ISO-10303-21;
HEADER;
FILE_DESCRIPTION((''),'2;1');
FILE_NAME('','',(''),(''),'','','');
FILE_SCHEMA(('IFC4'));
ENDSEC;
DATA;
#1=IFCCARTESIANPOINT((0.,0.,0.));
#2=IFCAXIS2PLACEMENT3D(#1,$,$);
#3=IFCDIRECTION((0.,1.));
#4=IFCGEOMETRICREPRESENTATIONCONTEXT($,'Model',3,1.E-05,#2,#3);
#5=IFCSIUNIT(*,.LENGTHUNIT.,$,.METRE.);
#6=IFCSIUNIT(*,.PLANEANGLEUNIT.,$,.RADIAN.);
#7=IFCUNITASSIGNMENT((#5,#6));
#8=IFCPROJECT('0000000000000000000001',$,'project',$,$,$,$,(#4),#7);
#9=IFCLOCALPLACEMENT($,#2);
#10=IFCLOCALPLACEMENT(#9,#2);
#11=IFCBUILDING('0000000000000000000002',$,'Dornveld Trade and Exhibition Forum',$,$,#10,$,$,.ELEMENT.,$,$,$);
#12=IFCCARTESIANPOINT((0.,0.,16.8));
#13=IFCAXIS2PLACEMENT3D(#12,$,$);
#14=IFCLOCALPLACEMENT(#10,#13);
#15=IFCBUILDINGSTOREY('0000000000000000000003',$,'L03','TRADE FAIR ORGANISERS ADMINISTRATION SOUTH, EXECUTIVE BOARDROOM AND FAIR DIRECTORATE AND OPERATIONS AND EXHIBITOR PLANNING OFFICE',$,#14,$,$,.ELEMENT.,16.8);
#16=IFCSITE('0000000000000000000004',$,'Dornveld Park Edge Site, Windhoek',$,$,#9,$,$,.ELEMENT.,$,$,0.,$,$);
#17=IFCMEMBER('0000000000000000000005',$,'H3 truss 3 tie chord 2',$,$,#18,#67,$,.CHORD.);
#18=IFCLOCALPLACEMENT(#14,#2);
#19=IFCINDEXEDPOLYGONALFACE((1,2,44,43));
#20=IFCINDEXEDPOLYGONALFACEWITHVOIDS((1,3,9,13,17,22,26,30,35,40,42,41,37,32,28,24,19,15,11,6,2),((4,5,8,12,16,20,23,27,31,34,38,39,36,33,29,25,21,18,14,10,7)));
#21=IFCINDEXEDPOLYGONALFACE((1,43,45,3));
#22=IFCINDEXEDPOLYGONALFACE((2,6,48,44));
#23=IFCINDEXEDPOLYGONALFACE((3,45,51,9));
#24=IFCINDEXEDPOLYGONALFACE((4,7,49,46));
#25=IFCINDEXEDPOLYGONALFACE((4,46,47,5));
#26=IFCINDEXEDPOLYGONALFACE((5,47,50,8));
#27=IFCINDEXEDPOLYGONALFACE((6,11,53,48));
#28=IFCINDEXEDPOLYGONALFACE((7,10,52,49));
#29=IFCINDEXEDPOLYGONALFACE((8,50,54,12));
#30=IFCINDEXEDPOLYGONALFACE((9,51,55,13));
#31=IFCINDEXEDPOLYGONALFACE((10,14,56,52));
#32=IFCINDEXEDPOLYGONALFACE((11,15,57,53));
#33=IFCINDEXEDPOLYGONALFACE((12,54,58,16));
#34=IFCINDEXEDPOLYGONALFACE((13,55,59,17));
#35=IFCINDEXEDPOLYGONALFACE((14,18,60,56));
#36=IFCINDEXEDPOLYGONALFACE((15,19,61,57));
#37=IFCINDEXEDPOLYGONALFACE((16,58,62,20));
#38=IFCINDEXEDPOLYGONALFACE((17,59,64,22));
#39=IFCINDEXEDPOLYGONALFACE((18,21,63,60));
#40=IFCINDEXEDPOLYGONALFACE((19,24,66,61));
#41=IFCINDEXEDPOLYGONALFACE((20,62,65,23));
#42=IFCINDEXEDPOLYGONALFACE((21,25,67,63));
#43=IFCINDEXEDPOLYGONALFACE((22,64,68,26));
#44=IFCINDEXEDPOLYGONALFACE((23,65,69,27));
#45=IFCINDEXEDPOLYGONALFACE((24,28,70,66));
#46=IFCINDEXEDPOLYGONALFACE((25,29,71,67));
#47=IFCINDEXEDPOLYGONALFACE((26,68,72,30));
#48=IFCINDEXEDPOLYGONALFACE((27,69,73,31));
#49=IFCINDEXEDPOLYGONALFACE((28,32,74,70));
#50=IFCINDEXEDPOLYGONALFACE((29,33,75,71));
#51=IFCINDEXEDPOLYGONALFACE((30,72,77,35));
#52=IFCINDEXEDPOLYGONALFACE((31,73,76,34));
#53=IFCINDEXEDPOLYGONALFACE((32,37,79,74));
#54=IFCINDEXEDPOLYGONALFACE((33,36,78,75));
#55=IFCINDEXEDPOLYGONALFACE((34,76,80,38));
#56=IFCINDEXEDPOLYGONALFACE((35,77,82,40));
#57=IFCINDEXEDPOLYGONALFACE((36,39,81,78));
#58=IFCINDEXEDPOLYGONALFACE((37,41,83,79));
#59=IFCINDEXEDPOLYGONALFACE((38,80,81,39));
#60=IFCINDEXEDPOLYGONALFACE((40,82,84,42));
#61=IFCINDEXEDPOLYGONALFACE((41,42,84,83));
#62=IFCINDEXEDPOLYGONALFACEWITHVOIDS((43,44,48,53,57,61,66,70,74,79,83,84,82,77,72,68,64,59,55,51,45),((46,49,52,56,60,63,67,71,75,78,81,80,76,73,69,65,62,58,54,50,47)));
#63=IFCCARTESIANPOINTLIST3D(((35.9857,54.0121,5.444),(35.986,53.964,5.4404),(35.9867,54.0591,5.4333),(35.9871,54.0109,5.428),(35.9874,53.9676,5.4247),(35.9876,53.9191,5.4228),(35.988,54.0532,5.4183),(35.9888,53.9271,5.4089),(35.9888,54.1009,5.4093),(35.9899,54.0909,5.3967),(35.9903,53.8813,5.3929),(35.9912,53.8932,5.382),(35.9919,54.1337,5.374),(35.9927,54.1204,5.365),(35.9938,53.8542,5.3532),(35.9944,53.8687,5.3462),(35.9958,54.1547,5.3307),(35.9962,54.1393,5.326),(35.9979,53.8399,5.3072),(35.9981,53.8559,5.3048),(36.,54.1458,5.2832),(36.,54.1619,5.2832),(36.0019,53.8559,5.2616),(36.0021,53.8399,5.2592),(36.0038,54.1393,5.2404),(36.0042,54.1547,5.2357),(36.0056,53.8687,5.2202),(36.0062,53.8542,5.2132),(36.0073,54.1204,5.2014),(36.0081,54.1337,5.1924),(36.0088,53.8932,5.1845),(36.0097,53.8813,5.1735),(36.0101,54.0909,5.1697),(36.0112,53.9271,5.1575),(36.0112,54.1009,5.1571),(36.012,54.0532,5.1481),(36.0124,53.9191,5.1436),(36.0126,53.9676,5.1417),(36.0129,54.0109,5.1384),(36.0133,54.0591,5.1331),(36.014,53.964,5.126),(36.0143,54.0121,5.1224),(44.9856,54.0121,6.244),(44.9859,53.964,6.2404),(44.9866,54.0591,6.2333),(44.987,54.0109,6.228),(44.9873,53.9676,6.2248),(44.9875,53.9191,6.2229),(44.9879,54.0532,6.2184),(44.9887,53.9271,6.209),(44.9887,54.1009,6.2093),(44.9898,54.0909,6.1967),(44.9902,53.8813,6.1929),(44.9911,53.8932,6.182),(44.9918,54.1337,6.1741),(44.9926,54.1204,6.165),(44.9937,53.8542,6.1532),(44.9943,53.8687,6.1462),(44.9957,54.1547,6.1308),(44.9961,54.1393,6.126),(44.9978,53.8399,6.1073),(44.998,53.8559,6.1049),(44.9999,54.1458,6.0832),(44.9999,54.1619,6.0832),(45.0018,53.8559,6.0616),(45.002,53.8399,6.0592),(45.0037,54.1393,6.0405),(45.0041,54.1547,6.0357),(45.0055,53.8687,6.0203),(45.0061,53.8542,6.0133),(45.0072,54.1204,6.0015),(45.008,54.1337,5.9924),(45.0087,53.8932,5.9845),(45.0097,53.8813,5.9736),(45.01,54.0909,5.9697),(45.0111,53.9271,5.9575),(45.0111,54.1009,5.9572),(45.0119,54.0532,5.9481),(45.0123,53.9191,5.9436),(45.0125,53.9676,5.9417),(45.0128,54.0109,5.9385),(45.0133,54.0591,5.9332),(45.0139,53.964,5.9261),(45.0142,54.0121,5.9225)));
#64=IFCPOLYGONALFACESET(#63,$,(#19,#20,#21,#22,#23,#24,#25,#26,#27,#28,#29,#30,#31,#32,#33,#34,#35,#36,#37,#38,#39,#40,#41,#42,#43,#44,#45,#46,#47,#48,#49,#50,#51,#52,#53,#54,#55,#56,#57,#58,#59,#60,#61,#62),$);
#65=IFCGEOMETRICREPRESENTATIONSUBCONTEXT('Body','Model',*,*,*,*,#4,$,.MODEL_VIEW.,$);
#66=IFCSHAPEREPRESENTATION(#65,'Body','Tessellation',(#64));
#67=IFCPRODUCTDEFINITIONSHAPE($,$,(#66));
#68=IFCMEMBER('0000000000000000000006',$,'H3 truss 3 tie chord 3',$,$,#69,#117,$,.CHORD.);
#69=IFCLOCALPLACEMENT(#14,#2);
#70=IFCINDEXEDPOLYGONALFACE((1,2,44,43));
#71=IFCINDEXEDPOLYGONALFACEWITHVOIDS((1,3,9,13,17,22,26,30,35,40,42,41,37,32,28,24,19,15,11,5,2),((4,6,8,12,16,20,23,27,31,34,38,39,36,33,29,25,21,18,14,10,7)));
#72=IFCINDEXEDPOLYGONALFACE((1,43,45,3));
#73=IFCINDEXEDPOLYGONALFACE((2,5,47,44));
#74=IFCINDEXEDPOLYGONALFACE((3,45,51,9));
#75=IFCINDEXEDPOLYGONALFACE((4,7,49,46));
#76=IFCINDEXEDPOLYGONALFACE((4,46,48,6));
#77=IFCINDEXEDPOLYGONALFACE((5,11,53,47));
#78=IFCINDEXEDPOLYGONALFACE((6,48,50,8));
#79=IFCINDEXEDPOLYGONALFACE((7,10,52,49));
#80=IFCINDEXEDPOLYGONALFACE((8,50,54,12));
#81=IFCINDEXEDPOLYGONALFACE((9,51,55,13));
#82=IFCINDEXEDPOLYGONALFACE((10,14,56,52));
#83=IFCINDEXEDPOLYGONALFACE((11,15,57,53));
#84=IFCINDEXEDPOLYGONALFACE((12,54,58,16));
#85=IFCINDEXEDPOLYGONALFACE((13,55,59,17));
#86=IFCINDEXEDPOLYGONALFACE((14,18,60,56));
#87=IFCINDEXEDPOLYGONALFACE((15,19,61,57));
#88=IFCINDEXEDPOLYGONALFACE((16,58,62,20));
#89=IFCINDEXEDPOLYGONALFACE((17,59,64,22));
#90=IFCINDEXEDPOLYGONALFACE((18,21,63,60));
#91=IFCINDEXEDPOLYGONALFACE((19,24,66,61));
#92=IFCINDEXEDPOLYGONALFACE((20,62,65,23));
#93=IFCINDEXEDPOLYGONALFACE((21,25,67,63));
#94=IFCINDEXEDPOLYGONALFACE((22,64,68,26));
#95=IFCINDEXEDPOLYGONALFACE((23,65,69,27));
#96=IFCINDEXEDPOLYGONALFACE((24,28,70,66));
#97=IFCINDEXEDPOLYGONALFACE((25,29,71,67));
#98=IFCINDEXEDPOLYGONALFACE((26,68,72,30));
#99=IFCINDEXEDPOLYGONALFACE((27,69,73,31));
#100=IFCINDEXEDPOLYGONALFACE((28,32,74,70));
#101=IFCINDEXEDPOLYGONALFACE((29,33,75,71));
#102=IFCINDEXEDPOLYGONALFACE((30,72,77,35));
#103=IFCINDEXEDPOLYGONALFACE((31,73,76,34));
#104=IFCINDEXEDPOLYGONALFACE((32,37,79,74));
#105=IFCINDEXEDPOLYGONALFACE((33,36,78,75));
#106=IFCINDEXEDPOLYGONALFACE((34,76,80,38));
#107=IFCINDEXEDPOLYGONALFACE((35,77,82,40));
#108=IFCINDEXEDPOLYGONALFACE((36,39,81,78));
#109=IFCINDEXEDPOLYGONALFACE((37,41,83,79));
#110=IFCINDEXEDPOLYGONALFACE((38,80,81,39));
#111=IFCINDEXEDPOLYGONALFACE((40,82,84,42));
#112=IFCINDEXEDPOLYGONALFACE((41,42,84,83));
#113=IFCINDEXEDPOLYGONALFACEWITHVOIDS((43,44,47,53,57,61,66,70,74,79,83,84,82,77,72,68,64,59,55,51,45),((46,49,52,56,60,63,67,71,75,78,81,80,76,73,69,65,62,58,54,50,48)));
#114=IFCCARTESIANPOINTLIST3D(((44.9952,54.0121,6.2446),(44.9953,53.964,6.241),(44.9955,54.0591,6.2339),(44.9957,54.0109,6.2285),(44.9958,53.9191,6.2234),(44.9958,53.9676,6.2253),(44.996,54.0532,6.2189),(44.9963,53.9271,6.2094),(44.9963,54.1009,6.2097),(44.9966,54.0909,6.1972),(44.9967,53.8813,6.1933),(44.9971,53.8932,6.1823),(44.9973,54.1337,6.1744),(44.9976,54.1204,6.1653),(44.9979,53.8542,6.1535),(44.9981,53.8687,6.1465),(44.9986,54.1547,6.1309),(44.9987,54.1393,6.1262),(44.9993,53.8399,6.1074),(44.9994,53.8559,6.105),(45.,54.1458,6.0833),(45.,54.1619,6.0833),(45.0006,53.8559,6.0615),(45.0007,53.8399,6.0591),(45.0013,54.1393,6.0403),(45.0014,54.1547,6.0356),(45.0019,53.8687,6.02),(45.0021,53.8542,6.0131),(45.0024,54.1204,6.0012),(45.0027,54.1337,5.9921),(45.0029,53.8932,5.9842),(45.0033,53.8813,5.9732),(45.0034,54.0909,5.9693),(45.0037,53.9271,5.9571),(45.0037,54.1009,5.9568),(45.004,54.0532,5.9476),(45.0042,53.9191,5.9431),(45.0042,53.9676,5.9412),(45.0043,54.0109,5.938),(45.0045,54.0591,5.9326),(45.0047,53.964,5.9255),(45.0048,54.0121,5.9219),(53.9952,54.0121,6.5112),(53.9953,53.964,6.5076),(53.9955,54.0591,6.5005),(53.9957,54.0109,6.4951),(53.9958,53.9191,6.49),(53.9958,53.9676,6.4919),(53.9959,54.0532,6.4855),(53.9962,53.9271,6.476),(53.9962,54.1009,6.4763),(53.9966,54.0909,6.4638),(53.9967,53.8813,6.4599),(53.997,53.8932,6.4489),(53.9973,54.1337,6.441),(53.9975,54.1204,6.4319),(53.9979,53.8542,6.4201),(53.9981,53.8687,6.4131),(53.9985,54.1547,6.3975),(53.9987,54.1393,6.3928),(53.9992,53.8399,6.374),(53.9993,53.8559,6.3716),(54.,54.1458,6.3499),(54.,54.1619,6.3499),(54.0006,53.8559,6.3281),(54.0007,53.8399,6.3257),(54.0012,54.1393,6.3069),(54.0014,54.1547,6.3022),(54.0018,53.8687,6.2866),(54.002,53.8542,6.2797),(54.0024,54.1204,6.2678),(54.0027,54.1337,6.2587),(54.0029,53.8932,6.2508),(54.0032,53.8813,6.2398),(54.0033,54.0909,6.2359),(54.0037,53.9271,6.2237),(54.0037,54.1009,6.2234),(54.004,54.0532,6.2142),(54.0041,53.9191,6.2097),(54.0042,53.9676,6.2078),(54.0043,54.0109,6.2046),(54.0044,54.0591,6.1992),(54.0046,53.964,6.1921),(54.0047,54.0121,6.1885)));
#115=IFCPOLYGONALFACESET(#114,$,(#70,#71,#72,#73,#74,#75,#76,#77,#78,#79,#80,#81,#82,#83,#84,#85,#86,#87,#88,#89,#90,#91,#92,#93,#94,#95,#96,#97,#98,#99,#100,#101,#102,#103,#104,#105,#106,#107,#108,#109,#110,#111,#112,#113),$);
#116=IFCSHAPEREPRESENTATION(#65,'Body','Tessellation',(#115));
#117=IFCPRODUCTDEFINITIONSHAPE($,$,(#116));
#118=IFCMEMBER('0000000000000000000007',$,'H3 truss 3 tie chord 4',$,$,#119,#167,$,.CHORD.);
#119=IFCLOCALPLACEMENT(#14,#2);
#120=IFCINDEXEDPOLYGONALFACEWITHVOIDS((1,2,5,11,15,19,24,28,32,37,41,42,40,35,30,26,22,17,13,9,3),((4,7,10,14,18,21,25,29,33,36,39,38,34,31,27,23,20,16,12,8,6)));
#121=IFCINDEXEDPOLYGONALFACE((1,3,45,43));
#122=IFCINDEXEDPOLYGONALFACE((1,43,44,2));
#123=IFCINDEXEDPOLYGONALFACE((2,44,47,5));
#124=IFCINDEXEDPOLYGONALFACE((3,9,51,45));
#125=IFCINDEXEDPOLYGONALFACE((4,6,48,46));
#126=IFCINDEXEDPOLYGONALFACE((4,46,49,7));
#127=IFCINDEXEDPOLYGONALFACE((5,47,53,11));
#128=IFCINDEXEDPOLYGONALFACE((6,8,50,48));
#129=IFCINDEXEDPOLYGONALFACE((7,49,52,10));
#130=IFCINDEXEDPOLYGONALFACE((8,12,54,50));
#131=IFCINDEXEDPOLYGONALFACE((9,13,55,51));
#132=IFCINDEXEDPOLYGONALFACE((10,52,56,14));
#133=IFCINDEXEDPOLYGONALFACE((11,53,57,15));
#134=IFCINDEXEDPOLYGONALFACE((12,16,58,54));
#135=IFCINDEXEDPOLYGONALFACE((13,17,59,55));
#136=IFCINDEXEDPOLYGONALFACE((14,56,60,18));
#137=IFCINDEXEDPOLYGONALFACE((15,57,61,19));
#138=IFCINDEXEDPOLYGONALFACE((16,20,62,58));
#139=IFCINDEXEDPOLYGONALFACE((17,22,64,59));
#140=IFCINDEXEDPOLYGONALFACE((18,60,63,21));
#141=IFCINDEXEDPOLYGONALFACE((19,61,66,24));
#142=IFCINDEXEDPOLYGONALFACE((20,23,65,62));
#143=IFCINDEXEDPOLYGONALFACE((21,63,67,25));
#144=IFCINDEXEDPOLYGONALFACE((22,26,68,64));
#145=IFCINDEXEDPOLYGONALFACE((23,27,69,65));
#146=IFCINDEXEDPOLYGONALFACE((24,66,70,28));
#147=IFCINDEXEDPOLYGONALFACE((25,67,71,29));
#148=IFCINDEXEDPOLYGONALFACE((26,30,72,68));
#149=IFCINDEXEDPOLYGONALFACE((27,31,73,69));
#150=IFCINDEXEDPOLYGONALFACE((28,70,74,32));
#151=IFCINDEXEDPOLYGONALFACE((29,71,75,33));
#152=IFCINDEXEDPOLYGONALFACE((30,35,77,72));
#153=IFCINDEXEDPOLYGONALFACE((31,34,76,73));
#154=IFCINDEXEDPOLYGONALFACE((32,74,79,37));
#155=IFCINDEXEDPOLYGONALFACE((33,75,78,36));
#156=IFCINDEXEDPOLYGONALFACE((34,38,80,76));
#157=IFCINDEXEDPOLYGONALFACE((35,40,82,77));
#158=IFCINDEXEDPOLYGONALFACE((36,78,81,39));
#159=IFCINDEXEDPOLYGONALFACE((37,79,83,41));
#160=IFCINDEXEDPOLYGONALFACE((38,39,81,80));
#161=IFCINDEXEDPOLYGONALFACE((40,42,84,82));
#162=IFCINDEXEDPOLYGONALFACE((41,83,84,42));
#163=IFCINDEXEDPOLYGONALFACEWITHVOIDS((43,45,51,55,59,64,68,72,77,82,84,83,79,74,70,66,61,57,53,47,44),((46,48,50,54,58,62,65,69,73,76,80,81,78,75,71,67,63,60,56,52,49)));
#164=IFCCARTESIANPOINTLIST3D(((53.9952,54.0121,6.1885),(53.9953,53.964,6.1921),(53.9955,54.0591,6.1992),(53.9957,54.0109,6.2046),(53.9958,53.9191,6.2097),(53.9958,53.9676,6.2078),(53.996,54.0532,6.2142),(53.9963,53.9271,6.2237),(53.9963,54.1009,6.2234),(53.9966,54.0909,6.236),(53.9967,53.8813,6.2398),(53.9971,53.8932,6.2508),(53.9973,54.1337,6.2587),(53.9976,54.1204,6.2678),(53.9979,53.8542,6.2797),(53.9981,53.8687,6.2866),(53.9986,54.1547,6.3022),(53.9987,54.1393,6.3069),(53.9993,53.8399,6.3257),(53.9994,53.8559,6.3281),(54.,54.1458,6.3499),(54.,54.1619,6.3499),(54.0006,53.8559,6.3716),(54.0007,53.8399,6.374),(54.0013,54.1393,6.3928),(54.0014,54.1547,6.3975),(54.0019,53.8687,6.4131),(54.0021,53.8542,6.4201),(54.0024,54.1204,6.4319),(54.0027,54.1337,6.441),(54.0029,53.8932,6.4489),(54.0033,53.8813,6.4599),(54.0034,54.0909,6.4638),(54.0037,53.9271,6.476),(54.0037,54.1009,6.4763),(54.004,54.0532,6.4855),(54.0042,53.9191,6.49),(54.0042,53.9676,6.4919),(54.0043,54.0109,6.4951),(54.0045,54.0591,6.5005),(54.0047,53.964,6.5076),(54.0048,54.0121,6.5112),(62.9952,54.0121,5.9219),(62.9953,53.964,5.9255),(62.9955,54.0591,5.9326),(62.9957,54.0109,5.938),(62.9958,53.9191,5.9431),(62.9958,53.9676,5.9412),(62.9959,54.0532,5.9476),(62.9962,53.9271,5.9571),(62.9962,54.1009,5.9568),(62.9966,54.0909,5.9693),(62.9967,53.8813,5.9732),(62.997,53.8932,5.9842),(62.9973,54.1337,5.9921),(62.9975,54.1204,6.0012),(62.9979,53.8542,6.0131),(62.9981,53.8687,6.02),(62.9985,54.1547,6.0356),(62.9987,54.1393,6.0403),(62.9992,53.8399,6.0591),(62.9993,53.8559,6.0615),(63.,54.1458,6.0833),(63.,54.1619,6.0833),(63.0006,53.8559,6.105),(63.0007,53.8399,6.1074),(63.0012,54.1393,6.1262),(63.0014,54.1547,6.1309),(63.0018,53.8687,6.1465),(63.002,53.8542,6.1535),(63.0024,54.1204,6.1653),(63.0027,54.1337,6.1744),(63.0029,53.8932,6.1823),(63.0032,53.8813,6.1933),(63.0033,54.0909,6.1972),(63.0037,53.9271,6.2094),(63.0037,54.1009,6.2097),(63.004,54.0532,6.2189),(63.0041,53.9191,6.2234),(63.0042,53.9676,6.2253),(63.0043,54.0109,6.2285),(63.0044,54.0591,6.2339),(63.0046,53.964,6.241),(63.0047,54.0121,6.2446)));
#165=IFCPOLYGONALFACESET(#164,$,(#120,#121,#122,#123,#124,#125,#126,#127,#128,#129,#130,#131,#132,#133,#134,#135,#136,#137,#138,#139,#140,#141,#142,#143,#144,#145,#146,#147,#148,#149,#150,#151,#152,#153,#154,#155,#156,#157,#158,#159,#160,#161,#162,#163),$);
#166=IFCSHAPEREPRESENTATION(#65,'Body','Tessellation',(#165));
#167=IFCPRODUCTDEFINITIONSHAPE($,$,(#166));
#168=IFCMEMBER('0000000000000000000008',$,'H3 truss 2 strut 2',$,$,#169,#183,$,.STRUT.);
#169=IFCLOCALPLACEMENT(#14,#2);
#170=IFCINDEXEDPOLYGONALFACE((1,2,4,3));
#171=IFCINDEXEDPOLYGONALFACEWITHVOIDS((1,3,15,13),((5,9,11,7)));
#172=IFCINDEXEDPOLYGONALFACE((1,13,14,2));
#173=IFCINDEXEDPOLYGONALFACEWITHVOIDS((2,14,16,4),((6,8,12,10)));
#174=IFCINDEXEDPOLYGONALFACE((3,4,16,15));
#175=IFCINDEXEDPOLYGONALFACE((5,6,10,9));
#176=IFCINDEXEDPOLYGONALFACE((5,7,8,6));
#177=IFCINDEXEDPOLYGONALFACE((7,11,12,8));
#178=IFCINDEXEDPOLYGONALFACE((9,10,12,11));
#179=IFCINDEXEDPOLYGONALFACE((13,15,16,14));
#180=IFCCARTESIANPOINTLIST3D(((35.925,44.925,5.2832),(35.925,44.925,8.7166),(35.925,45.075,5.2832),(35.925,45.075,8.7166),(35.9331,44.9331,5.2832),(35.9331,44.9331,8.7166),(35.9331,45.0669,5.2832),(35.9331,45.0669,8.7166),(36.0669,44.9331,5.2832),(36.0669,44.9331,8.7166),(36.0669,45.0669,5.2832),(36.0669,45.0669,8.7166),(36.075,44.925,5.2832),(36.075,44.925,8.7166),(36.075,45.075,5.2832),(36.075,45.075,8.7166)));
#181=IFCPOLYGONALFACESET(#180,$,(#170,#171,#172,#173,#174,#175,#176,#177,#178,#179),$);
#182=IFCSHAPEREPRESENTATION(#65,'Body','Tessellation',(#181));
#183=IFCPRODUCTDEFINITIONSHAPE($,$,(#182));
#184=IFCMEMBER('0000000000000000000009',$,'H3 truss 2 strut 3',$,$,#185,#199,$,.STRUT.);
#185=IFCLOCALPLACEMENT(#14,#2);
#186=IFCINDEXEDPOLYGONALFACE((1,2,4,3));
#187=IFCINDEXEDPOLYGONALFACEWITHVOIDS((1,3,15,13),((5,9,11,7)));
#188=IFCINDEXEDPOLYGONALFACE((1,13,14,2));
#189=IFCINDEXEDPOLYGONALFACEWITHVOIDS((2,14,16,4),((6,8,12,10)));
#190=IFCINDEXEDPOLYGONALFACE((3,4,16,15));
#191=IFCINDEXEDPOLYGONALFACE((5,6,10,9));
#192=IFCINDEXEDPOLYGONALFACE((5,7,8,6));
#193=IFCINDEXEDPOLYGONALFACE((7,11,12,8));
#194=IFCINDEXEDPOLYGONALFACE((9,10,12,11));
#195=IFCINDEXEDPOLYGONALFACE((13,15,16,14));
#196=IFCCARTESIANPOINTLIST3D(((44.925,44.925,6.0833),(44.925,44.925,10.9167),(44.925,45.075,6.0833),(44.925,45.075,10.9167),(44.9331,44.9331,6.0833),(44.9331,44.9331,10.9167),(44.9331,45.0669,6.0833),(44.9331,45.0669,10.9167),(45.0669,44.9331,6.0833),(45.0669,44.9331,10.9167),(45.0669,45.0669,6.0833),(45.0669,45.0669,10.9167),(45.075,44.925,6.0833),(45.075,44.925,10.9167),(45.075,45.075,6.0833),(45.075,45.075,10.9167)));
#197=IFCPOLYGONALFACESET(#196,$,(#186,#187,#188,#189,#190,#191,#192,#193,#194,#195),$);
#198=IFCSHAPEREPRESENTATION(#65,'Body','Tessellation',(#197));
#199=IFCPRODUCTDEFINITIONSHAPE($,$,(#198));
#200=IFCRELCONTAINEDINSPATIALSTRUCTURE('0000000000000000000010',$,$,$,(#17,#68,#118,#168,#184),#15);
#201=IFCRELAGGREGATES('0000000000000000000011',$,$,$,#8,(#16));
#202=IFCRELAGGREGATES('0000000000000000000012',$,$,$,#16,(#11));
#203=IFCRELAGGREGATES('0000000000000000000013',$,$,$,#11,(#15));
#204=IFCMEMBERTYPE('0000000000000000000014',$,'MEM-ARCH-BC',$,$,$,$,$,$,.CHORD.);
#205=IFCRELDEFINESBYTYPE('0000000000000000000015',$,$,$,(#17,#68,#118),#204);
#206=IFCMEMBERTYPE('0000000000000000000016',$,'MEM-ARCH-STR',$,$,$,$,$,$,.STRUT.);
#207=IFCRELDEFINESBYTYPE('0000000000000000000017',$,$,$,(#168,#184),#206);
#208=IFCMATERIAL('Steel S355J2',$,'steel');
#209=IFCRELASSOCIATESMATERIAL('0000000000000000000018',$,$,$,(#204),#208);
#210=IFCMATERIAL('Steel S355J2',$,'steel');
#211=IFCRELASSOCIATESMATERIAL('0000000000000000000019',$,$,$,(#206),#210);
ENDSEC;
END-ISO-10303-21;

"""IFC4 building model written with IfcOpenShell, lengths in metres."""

from ifc_helpers import new_model, si_unit, direction, frame, origin, origin_2d, place, context, subcontext, project, spatial, hollow_rectangle, hollow_circle, extrude, material, material_profile, profile_set, type_object, element, save


model = new_model("IFC4")

# Units and contexts
model_context = context("Model", 3, precision=1e-05, world=origin(), true_north=direction((0.0, 1.0)))
body_context = subcontext(model_context, "Body", "Model", "MODEL_VIEW")
ifc_project = project(units=[si_unit("LENGTHUNIT", "METRE"), si_unit("PLANEANGLEUNIT", "RADIAN")], contexts=[model_context])

# Site, building, storey
site_placement = place(None, origin())
site = spatial("IfcSite", under=ifc_project, at=site_placement, Name="Dornveld Park Edge Site, Windhoek", CompositionType="ELEMENT", RefElevation=0.0)
building_placement = place(site_placement, origin())
building = spatial("IfcBuilding", under=site, at=building_placement, Name="Dornveld Trade and Exhibition Forum", CompositionType="ELEMENT")
storey_placement = place(building_placement, frame((0.0, 0.0, 16.8)))
storey = spatial("IfcBuildingStorey", under=building, at=storey_placement, Name="L03", Description="TRADE FAIR ORGANISERS ADMINISTRATION SOUTH, EXECUTIVE BOARDROOM AND FAIR DIRECTORATE AND OPERATIONS AND EXHIBITOR PLANNING OFFICE", CompositionType="ELEMENT", Elevation=16.8)

# Members
ifc_material_1 = material(Name="Steel S355J2", Category="steel")
ifc_material_profile_1 = material_profile(ifc_material_1, hollow_circle(Radius=0.1619, WallThickness=0.0161, at=origin_2d()), Name="CHS 323.9x16")
ifc_profile_set_1 = profile_set([ifc_material_profile_1], Name="Steel S355J2")
member_type_1 = type_object("IfcMemberType", Name="MEM-ARCH-BC", PredefinedType="CHORD", material=ifc_profile_set_1)
member_1_placement = place(storey_placement, frame((36.0, 54.0, 5.2832), z_axis=(0.996072, 0.0, 0.088545), x_axis=(0.0, 1.0, 0.0)))
element("IfcMember", 1, at=member_1_placement, inside=storey, type_object=member_type_1, Name="H3 truss 3 tie chord 2", PredefinedType="CHORD", context=body_context, shape_type="SweptSolid", body=[
    extrude(hollow_circle(Radius=0.1619, WallThickness=0.0161, at=origin_2d()), origin(), (0.0, 0.0, 1.0), 9.0354),
])
for number, where, z_axis, x_axis, name in (
    (2, (45.0, 54.0, 6.0833), (0.999562, 0.0, 0.029609), (0.0, 1.0, 0.0), "H3 truss 3 tie chord 3"),
    (3, (54.0, 54.0, 6.3499), (0.999562, 0.0, -0.029609), (0.0, 1.0, 0.0), "H3 truss 3 tie chord 4"),
):
    element("IfcMember", number, at=place(storey_placement, frame(where, z_axis=z_axis, x_axis=x_axis)), inside=storey, type_object=member_type_1, Name=name, PredefinedType="CHORD", context=body_context, shape_type="SweptSolid", body=[
        extrude(hollow_circle(Radius=0.1619, WallThickness=0.0161, at=origin_2d()), origin(), (0.0, 0.0, 1.0), 9.0039),
    ])
ifc_material_2 = material(Name="Steel S355J2", Category="steel")
ifc_material_profile_2 = material_profile(ifc_material_2, hollow_rectangle(XDim=0.1499, YDim=0.1499, WallThickness=0.0081, at=origin_2d()), Name="SHS 150x150x8")
ifc_profile_set_2 = profile_set([ifc_material_profile_2], Name="Steel S355J2")
member_type_2 = type_object("IfcMemberType", Name="MEM-ARCH-STR", PredefinedType="STRUT", material=ifc_profile_set_2)
member_2_placement = place(storey_placement, frame((36.0, 45.0, 5.2832), z_axis=(0.0, 0.0, 1.0), x_axis=(1.0, 0.0, 0.0)))
element("IfcMember", 4, at=member_2_placement, inside=storey, type_object=member_type_2, Name="H3 truss 2 strut 2", PredefinedType="STRUT", context=body_context, shape_type="SweptSolid", body=[
    extrude(hollow_rectangle(XDim=0.1499, YDim=0.1499, WallThickness=0.0081, at=origin_2d()), origin(), (0.0, 0.0, 1.0), 3.4333),
])
member_3_placement = place(storey_placement, frame((45.0, 45.0, 6.0833), z_axis=(0.0, 0.0, 1.0), x_axis=(1.0, 0.0, 0.0)))
element("IfcMember", 5, at=member_3_placement, inside=storey, type_object=member_type_2, Name="H3 truss 2 strut 3", PredefinedType="STRUT", context=body_context, shape_type="SweptSolid", body=[
    extrude(hollow_rectangle(XDim=0.1499, YDim=0.1499, WallThickness=0.0081, at=origin_2d()), origin(), (0.0, 0.0, 1.0), 4.8335),
])

save(model, "model.ifc")
